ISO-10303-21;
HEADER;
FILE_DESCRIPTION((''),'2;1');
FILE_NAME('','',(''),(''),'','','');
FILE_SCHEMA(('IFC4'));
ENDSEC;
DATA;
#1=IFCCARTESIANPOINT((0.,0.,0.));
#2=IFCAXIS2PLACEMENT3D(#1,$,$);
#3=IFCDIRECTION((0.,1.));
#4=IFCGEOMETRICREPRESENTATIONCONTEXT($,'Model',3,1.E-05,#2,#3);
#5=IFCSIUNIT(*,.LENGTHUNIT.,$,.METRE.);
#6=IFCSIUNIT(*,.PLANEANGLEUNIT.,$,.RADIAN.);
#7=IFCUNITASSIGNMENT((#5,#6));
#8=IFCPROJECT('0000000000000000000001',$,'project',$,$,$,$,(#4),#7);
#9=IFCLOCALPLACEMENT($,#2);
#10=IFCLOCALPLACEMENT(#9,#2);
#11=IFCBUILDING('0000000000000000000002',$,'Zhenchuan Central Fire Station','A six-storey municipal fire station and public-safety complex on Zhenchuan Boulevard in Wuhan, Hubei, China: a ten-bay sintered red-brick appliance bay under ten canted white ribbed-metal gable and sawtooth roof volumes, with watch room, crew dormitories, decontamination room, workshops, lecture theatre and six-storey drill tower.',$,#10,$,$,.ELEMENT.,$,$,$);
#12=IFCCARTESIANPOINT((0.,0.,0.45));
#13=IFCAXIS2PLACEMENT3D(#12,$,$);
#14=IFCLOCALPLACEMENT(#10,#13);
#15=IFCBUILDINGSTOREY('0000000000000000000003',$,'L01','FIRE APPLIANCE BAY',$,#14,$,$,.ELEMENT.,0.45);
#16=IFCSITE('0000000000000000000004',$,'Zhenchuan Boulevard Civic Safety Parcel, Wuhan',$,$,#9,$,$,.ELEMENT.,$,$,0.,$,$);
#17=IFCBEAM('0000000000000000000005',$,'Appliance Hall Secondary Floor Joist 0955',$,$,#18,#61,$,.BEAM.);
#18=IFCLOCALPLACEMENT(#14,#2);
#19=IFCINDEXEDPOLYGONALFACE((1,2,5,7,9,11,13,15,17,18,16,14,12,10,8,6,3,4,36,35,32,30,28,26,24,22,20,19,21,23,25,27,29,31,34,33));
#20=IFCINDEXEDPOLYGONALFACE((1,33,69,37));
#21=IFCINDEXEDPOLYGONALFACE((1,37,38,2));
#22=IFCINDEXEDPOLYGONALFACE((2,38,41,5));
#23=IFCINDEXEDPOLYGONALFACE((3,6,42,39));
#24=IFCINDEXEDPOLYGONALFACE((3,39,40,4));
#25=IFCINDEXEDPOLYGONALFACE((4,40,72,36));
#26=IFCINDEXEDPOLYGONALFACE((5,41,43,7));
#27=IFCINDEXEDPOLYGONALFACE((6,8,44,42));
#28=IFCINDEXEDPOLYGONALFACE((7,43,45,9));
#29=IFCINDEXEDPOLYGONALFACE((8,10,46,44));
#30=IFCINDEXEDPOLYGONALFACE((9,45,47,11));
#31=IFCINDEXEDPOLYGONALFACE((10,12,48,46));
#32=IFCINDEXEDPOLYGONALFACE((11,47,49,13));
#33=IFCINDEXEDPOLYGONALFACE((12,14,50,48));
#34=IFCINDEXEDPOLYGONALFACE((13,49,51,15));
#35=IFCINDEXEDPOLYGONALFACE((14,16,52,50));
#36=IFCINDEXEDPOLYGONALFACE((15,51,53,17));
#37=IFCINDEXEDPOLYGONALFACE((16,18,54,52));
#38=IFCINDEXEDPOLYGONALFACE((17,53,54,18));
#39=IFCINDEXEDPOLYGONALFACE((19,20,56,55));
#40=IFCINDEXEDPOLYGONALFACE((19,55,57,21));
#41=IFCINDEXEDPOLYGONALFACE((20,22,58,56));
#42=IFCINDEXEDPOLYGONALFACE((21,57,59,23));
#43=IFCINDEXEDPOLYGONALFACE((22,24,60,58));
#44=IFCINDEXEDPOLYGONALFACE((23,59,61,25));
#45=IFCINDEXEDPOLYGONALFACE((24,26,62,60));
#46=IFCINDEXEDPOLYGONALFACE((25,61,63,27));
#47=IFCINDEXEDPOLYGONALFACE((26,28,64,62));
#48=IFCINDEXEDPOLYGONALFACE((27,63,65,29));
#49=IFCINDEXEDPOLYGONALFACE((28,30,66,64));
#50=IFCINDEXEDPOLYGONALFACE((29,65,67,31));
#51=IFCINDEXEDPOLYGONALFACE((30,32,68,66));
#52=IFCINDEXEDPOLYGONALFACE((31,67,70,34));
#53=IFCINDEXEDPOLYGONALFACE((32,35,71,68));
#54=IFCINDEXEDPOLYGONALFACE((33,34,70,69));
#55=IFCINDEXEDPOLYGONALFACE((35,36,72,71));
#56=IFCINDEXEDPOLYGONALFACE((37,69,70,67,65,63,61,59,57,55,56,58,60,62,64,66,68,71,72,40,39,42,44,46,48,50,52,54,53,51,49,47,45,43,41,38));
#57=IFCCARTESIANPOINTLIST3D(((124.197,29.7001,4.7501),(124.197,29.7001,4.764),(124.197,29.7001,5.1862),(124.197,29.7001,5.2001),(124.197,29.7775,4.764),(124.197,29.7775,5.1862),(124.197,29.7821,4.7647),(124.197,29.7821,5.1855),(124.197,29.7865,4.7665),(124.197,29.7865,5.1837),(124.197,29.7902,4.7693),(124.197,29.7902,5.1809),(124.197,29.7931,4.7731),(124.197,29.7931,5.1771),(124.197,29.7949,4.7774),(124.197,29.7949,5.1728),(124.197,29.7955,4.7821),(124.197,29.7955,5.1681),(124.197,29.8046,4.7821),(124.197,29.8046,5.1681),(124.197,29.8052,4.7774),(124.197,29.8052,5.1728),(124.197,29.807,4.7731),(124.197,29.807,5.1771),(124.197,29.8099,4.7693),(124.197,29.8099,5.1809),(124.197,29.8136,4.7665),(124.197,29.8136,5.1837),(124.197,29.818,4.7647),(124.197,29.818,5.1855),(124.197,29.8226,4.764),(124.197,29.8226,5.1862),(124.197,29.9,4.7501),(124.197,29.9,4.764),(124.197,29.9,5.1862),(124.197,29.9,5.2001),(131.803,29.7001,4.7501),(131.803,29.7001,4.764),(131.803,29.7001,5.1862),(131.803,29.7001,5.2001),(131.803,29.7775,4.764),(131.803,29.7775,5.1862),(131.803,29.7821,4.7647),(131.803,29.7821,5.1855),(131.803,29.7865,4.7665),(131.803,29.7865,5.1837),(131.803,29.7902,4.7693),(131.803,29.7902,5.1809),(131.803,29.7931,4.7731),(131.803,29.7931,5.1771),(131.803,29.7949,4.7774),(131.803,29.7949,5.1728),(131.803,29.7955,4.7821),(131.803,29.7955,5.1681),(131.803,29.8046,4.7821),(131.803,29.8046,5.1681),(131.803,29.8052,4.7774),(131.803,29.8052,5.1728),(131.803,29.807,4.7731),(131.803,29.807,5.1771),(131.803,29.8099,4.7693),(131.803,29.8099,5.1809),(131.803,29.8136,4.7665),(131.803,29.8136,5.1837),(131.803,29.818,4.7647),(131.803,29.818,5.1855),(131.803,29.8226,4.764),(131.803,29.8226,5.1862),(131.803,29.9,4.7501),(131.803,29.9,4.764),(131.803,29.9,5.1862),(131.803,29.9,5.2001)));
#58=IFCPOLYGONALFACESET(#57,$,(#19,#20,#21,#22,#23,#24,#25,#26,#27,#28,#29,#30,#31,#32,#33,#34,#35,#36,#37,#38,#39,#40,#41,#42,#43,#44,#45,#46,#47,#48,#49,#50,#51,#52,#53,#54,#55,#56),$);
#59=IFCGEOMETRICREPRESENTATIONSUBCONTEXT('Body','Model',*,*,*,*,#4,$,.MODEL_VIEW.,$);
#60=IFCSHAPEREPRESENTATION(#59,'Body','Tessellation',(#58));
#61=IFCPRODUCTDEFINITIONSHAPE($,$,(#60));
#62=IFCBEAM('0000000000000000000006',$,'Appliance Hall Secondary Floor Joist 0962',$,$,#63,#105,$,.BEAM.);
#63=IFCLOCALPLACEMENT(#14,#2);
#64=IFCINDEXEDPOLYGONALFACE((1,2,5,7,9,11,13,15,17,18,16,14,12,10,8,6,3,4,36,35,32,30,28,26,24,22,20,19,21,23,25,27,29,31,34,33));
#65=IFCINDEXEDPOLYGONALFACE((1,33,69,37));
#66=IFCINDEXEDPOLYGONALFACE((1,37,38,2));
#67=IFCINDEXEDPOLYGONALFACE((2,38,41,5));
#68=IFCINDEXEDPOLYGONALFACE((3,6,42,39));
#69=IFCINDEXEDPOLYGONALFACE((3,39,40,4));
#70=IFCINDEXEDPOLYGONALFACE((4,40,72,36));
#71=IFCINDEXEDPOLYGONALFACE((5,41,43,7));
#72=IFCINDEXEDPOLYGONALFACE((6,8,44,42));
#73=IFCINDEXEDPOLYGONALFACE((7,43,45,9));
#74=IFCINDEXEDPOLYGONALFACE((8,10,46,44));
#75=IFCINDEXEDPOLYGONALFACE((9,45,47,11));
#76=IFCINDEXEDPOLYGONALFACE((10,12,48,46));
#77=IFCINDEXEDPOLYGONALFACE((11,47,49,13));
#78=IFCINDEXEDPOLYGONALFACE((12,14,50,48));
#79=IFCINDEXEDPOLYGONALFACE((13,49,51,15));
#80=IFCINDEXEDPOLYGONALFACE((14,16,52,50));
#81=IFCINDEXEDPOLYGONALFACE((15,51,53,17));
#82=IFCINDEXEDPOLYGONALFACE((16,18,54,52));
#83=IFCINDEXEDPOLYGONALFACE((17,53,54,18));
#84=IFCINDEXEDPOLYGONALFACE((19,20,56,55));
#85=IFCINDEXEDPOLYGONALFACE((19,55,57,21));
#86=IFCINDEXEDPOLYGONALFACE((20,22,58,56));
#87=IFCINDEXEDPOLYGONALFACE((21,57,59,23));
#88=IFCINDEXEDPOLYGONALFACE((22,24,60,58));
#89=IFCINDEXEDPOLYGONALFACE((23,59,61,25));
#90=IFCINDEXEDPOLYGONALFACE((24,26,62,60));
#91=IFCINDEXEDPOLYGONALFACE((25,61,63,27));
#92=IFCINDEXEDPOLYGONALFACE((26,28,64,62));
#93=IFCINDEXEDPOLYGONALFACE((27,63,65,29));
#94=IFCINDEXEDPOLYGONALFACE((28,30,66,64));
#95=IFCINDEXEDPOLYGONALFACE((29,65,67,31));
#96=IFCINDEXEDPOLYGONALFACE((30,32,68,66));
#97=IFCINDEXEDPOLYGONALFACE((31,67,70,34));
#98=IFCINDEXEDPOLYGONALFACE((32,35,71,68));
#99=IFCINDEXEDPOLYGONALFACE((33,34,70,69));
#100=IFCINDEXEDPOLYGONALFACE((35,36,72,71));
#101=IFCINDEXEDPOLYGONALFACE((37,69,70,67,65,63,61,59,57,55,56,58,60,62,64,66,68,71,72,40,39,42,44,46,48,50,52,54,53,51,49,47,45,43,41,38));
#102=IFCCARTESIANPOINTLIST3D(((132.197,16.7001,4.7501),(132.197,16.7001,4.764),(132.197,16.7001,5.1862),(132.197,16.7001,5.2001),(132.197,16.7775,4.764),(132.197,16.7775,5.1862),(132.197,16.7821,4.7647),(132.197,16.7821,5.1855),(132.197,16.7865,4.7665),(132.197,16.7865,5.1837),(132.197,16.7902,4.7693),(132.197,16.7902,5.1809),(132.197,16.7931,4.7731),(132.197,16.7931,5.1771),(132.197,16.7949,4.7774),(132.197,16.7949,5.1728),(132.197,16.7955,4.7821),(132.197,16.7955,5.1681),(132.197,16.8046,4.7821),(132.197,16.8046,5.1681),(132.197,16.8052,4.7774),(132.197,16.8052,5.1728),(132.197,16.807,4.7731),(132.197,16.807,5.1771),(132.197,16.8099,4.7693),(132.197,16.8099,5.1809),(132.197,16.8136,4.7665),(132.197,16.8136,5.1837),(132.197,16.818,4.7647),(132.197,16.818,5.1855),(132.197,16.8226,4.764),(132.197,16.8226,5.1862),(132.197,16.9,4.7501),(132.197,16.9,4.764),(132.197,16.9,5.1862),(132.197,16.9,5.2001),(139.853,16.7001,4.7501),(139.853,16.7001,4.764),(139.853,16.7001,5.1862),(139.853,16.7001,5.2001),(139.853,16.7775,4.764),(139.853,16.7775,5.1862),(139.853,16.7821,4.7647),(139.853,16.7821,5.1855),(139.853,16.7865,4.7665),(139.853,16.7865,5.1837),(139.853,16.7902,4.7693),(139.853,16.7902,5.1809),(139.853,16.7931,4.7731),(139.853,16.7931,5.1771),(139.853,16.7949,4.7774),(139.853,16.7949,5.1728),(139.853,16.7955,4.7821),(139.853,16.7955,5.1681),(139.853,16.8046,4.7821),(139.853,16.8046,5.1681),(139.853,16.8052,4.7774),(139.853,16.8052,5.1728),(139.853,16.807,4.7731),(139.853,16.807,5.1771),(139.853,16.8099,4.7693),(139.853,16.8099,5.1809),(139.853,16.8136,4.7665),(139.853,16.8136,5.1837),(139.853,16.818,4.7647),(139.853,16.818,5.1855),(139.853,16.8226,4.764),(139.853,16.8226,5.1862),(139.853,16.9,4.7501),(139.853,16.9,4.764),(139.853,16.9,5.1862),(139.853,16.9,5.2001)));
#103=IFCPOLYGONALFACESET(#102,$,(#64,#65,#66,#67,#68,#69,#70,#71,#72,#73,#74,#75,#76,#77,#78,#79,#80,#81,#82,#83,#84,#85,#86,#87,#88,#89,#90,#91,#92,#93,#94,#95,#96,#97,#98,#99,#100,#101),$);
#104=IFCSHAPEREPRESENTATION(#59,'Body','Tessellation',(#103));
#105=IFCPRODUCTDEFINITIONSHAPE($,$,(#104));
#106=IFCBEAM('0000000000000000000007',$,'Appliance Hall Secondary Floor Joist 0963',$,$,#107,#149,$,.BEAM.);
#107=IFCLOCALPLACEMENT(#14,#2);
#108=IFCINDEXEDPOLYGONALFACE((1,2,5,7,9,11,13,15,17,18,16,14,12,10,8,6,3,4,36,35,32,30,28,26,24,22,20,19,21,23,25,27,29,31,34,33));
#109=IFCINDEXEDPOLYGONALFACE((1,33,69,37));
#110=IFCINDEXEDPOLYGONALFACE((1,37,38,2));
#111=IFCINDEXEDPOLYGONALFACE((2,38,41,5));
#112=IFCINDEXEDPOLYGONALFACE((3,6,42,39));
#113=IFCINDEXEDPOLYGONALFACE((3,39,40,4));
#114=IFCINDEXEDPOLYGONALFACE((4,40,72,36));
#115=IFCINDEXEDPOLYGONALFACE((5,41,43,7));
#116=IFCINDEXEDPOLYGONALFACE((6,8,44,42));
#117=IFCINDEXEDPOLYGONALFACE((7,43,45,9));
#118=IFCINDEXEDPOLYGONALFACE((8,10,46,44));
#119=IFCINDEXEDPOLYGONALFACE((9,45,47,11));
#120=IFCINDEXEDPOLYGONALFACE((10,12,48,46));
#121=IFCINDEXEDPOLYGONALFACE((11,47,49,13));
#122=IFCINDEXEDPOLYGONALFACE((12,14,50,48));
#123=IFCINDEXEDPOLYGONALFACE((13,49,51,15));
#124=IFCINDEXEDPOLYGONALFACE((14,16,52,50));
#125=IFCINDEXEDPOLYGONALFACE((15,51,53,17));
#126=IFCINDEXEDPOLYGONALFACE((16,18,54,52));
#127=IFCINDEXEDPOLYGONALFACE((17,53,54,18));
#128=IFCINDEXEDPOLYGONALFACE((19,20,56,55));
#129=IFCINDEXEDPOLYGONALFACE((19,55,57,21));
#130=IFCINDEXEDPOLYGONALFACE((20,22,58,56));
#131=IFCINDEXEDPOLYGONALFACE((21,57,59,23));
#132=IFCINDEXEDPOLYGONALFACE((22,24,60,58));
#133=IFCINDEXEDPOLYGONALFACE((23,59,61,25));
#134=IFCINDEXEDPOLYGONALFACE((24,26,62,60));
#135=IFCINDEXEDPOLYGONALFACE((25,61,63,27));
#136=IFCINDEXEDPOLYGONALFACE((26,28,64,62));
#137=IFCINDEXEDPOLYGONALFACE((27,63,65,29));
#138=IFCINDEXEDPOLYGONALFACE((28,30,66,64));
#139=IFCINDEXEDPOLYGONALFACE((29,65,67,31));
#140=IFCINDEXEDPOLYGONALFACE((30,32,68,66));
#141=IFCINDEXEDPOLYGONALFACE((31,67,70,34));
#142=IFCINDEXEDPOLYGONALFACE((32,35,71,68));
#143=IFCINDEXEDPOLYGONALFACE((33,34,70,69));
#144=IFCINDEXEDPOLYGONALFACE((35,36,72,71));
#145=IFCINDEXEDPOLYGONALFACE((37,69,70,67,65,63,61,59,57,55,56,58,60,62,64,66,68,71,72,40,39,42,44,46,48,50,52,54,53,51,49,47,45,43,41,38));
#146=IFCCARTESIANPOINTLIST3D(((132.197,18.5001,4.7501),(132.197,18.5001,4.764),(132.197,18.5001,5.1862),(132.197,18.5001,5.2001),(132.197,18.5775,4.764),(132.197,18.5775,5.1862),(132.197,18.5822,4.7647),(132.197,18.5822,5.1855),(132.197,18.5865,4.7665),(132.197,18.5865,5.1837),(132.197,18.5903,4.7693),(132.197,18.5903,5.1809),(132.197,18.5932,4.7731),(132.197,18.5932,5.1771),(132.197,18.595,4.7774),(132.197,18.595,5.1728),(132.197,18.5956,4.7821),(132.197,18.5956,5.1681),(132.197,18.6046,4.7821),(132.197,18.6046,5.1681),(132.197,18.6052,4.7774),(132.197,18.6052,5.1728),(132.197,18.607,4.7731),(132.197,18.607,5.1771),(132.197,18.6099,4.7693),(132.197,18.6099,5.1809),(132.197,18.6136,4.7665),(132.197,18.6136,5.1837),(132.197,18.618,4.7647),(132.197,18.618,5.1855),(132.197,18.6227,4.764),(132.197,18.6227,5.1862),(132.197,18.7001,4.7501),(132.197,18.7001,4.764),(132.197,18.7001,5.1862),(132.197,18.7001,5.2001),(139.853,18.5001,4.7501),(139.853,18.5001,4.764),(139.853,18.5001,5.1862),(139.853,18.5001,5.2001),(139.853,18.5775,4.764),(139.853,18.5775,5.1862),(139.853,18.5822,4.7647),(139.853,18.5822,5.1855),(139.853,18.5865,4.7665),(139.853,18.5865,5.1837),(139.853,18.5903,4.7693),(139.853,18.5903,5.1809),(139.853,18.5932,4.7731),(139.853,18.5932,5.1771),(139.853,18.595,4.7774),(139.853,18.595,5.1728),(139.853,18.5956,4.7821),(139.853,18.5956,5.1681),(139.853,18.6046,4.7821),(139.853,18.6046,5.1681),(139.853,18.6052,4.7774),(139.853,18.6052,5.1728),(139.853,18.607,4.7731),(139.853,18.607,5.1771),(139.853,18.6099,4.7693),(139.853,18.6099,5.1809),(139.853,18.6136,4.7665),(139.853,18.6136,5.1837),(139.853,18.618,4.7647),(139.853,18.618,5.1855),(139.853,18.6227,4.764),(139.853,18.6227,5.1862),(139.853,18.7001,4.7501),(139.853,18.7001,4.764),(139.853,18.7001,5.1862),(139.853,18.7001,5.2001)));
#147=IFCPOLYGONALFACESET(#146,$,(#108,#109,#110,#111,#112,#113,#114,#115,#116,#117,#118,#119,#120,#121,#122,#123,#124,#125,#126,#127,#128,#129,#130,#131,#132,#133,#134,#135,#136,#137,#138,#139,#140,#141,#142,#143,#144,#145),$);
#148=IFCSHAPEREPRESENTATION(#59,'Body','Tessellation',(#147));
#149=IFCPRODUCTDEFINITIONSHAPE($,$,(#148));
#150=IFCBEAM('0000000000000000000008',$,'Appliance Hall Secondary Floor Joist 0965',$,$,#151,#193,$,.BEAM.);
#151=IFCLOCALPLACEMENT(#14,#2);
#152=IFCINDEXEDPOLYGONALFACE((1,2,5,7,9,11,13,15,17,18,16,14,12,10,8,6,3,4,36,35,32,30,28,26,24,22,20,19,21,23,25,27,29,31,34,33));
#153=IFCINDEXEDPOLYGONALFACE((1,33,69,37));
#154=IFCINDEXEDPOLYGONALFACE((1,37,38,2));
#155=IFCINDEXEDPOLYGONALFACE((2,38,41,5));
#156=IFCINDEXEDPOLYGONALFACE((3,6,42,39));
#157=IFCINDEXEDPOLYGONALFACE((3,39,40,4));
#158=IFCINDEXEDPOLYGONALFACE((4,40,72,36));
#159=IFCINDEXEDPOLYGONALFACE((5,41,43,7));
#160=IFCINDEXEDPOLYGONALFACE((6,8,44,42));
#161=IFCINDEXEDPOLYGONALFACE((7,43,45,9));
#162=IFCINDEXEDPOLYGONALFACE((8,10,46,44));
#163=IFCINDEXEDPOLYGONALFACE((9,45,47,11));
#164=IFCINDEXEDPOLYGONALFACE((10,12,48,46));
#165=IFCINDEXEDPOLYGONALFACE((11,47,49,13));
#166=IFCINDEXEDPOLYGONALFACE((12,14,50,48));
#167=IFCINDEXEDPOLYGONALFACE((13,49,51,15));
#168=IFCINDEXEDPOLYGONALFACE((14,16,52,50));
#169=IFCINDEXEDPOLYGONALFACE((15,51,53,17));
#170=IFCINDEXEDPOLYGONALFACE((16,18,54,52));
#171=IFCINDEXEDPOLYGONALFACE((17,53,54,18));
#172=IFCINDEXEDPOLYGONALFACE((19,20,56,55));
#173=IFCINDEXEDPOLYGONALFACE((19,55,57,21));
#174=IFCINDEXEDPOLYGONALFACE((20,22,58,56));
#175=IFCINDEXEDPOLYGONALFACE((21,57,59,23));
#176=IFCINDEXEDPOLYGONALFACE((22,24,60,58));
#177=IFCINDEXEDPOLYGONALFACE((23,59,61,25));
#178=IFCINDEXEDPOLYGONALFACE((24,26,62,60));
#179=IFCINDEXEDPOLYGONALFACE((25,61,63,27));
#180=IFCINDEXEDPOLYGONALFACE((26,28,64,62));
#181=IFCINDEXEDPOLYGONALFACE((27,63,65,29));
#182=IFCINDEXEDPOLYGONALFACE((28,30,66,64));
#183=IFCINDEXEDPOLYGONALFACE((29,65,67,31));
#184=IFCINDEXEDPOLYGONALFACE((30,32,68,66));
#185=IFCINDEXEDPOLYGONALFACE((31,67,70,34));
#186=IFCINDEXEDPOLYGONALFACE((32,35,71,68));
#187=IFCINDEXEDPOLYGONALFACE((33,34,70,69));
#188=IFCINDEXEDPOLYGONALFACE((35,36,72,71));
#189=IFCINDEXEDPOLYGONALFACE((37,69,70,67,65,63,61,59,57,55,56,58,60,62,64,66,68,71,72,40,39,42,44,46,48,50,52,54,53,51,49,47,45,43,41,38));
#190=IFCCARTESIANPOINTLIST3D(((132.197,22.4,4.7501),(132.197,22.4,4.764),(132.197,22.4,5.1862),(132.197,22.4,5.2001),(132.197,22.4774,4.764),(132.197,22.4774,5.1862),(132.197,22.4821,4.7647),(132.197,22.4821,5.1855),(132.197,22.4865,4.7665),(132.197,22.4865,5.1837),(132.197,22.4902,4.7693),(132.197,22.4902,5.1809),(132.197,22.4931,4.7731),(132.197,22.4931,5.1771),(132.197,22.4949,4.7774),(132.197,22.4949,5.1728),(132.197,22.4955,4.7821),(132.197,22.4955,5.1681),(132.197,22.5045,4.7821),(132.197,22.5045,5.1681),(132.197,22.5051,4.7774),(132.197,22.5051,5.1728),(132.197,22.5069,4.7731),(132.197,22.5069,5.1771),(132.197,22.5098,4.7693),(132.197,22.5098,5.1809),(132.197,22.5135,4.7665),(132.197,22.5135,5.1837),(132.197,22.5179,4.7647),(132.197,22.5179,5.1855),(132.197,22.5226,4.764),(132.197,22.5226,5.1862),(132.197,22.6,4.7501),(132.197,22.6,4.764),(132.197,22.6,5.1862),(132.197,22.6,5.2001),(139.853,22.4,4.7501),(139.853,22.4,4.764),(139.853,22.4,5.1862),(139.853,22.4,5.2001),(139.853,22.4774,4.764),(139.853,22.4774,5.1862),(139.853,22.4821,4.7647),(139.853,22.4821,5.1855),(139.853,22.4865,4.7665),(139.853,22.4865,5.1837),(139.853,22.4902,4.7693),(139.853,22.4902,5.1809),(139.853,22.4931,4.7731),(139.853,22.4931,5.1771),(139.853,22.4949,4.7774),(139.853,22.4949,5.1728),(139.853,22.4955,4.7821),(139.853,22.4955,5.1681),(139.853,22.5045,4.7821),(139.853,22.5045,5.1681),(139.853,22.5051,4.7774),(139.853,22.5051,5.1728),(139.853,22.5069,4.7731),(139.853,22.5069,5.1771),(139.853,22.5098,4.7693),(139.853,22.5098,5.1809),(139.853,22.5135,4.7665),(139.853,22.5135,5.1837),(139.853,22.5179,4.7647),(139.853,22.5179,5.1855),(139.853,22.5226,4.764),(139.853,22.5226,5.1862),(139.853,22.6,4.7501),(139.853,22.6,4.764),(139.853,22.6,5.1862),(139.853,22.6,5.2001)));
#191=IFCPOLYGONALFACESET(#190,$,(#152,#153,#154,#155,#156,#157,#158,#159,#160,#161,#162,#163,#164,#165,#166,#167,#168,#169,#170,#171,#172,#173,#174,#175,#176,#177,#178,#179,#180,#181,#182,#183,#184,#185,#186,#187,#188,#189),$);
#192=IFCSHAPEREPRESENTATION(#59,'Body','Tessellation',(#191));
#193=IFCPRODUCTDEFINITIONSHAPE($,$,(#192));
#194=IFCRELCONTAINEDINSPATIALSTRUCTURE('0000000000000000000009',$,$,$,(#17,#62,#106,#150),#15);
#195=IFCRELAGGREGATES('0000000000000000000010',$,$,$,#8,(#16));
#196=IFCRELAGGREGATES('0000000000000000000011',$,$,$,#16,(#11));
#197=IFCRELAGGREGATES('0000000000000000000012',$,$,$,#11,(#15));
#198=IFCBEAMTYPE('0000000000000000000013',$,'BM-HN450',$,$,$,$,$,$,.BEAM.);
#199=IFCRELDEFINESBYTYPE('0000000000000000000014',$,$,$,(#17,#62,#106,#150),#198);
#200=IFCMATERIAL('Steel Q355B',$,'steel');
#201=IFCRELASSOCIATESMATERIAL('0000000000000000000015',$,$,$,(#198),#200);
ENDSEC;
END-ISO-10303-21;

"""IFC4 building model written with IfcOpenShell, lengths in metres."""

from ifc_helpers import new_model, si_unit, direction, frame, origin, origin_2d, place, context, subcontext, project, spatial, i_section, extrude, material, material_profile, profile_set, type_object, element, save


model = new_model("IFC4")

# Units and contexts
model_context = context("Model", 3, precision=1e-05, world=origin(), true_north=direction((0.0, 1.0)))
body_context = subcontext(model_context, "Body", "Model", "MODEL_VIEW")
ifc_project = project(units=[si_unit("LENGTHUNIT", "METRE"), si_unit("PLANEANGLEUNIT", "RADIAN")], contexts=[model_context])

# Site, building, storey
site_placement = place(None, origin())
site = spatial("IfcSite", under=ifc_project, at=site_placement, Name="Zhenchuan Boulevard Civic Safety Parcel, Wuhan", CompositionType="ELEMENT", RefElevation=0.0)
building_placement = place(site_placement, origin())
building = spatial("IfcBuilding", under=site, at=building_placement, Name="Zhenchuan Central Fire Station", Description="A six-storey municipal fire station and public-safety complex on Zhenchuan Boulevard in Wuhan, Hubei, China: a ten-bay sintered red-brick appliance bay under ten canted white ribbed-metal gable and sawtooth roof volumes, with watch room, crew dormitories, decontamination room, workshops, lecture theatre and six-storey drill tower.", CompositionType="ELEMENT")
storey_placement = place(building_placement, frame((0.0, 0.0, 0.45)))
storey = spatial("IfcBuildingStorey", under=building, at=storey_placement, Name="L01", Description="FIRE APPLIANCE BAY", CompositionType="ELEMENT", Elevation=0.45)

# Beams
ifc_material_1 = material(Name="Steel Q355B", Category="steel")
ifc_material_profile_1 = material_profile(ifc_material_1, i_section(OverallWidth=0.2, OverallDepth=0.45, WebThickness=0.009, FlangeThickness=0.0139, FilletRadius=0.0181, at=origin_2d()), Name="HN 450x200")
ifc_profile_set_1 = profile_set([ifc_material_profile_1], Name="Steel Q355B")
beam_type_1 = type_object("IfcBeamType", Name="BM-HN450", PredefinedType="BEAM", material=ifc_profile_set_1)
for number, where, z_axis, x_axis, name in (
    (1, (124.197, 29.8, 4.9751), (1.0, 0.0, 0.0), (0.0, 1.0, 0.0), "Appliance Hall Secondary Floor Joist 0955"),
):
    element("IfcBeam", number, at=place(storey_placement, frame(where, z_axis=z_axis, x_axis=x_axis)), inside=storey, type_object=beam_type_1, Name=name, PredefinedType="BEAM", context=body_context, shape_type="SweptSolid", body=[
        extrude(i_section(OverallWidth=0.2, OverallDepth=0.45, WebThickness=0.009, FlangeThickness=0.0139, FilletRadius=0.0181, at=origin_2d()), origin(), (0.0, 0.0, 1.0), 7.606),
    ])
for number, where, z_axis, x_axis, name in (
    (2, (132.197, 16.8, 4.9751), (1.0, 0.0, 0.0), (0.0, 1.0, 0.0), "Appliance Hall Secondary Floor Joist 0962"),
    (3, (132.197, 18.6001, 4.9751), (1.0, 0.0, 0.0), (0.0, 1.0, 0.0), "Appliance Hall Secondary Floor Joist 0963"),
    (4, (132.197, 22.5, 4.9751), (1.0, 0.0, 0.0), (0.0, 1.0, 0.0), "Appliance Hall Secondary Floor Joist 0965"),
):
    element("IfcBeam", number, at=place(storey_placement, frame(where, z_axis=z_axis, x_axis=x_axis)), inside=storey, type_object=beam_type_1, Name=name, PredefinedType="BEAM", context=body_context, shape_type="SweptSolid", body=[
        extrude(i_section(OverallWidth=0.2, OverallDepth=0.45, WebThickness=0.009, FlangeThickness=0.0139, FilletRadius=0.0181, at=origin_2d()), origin(), (0.0, 0.0, 1.0), 7.656),
    ])

save(model, "model.ifc")
